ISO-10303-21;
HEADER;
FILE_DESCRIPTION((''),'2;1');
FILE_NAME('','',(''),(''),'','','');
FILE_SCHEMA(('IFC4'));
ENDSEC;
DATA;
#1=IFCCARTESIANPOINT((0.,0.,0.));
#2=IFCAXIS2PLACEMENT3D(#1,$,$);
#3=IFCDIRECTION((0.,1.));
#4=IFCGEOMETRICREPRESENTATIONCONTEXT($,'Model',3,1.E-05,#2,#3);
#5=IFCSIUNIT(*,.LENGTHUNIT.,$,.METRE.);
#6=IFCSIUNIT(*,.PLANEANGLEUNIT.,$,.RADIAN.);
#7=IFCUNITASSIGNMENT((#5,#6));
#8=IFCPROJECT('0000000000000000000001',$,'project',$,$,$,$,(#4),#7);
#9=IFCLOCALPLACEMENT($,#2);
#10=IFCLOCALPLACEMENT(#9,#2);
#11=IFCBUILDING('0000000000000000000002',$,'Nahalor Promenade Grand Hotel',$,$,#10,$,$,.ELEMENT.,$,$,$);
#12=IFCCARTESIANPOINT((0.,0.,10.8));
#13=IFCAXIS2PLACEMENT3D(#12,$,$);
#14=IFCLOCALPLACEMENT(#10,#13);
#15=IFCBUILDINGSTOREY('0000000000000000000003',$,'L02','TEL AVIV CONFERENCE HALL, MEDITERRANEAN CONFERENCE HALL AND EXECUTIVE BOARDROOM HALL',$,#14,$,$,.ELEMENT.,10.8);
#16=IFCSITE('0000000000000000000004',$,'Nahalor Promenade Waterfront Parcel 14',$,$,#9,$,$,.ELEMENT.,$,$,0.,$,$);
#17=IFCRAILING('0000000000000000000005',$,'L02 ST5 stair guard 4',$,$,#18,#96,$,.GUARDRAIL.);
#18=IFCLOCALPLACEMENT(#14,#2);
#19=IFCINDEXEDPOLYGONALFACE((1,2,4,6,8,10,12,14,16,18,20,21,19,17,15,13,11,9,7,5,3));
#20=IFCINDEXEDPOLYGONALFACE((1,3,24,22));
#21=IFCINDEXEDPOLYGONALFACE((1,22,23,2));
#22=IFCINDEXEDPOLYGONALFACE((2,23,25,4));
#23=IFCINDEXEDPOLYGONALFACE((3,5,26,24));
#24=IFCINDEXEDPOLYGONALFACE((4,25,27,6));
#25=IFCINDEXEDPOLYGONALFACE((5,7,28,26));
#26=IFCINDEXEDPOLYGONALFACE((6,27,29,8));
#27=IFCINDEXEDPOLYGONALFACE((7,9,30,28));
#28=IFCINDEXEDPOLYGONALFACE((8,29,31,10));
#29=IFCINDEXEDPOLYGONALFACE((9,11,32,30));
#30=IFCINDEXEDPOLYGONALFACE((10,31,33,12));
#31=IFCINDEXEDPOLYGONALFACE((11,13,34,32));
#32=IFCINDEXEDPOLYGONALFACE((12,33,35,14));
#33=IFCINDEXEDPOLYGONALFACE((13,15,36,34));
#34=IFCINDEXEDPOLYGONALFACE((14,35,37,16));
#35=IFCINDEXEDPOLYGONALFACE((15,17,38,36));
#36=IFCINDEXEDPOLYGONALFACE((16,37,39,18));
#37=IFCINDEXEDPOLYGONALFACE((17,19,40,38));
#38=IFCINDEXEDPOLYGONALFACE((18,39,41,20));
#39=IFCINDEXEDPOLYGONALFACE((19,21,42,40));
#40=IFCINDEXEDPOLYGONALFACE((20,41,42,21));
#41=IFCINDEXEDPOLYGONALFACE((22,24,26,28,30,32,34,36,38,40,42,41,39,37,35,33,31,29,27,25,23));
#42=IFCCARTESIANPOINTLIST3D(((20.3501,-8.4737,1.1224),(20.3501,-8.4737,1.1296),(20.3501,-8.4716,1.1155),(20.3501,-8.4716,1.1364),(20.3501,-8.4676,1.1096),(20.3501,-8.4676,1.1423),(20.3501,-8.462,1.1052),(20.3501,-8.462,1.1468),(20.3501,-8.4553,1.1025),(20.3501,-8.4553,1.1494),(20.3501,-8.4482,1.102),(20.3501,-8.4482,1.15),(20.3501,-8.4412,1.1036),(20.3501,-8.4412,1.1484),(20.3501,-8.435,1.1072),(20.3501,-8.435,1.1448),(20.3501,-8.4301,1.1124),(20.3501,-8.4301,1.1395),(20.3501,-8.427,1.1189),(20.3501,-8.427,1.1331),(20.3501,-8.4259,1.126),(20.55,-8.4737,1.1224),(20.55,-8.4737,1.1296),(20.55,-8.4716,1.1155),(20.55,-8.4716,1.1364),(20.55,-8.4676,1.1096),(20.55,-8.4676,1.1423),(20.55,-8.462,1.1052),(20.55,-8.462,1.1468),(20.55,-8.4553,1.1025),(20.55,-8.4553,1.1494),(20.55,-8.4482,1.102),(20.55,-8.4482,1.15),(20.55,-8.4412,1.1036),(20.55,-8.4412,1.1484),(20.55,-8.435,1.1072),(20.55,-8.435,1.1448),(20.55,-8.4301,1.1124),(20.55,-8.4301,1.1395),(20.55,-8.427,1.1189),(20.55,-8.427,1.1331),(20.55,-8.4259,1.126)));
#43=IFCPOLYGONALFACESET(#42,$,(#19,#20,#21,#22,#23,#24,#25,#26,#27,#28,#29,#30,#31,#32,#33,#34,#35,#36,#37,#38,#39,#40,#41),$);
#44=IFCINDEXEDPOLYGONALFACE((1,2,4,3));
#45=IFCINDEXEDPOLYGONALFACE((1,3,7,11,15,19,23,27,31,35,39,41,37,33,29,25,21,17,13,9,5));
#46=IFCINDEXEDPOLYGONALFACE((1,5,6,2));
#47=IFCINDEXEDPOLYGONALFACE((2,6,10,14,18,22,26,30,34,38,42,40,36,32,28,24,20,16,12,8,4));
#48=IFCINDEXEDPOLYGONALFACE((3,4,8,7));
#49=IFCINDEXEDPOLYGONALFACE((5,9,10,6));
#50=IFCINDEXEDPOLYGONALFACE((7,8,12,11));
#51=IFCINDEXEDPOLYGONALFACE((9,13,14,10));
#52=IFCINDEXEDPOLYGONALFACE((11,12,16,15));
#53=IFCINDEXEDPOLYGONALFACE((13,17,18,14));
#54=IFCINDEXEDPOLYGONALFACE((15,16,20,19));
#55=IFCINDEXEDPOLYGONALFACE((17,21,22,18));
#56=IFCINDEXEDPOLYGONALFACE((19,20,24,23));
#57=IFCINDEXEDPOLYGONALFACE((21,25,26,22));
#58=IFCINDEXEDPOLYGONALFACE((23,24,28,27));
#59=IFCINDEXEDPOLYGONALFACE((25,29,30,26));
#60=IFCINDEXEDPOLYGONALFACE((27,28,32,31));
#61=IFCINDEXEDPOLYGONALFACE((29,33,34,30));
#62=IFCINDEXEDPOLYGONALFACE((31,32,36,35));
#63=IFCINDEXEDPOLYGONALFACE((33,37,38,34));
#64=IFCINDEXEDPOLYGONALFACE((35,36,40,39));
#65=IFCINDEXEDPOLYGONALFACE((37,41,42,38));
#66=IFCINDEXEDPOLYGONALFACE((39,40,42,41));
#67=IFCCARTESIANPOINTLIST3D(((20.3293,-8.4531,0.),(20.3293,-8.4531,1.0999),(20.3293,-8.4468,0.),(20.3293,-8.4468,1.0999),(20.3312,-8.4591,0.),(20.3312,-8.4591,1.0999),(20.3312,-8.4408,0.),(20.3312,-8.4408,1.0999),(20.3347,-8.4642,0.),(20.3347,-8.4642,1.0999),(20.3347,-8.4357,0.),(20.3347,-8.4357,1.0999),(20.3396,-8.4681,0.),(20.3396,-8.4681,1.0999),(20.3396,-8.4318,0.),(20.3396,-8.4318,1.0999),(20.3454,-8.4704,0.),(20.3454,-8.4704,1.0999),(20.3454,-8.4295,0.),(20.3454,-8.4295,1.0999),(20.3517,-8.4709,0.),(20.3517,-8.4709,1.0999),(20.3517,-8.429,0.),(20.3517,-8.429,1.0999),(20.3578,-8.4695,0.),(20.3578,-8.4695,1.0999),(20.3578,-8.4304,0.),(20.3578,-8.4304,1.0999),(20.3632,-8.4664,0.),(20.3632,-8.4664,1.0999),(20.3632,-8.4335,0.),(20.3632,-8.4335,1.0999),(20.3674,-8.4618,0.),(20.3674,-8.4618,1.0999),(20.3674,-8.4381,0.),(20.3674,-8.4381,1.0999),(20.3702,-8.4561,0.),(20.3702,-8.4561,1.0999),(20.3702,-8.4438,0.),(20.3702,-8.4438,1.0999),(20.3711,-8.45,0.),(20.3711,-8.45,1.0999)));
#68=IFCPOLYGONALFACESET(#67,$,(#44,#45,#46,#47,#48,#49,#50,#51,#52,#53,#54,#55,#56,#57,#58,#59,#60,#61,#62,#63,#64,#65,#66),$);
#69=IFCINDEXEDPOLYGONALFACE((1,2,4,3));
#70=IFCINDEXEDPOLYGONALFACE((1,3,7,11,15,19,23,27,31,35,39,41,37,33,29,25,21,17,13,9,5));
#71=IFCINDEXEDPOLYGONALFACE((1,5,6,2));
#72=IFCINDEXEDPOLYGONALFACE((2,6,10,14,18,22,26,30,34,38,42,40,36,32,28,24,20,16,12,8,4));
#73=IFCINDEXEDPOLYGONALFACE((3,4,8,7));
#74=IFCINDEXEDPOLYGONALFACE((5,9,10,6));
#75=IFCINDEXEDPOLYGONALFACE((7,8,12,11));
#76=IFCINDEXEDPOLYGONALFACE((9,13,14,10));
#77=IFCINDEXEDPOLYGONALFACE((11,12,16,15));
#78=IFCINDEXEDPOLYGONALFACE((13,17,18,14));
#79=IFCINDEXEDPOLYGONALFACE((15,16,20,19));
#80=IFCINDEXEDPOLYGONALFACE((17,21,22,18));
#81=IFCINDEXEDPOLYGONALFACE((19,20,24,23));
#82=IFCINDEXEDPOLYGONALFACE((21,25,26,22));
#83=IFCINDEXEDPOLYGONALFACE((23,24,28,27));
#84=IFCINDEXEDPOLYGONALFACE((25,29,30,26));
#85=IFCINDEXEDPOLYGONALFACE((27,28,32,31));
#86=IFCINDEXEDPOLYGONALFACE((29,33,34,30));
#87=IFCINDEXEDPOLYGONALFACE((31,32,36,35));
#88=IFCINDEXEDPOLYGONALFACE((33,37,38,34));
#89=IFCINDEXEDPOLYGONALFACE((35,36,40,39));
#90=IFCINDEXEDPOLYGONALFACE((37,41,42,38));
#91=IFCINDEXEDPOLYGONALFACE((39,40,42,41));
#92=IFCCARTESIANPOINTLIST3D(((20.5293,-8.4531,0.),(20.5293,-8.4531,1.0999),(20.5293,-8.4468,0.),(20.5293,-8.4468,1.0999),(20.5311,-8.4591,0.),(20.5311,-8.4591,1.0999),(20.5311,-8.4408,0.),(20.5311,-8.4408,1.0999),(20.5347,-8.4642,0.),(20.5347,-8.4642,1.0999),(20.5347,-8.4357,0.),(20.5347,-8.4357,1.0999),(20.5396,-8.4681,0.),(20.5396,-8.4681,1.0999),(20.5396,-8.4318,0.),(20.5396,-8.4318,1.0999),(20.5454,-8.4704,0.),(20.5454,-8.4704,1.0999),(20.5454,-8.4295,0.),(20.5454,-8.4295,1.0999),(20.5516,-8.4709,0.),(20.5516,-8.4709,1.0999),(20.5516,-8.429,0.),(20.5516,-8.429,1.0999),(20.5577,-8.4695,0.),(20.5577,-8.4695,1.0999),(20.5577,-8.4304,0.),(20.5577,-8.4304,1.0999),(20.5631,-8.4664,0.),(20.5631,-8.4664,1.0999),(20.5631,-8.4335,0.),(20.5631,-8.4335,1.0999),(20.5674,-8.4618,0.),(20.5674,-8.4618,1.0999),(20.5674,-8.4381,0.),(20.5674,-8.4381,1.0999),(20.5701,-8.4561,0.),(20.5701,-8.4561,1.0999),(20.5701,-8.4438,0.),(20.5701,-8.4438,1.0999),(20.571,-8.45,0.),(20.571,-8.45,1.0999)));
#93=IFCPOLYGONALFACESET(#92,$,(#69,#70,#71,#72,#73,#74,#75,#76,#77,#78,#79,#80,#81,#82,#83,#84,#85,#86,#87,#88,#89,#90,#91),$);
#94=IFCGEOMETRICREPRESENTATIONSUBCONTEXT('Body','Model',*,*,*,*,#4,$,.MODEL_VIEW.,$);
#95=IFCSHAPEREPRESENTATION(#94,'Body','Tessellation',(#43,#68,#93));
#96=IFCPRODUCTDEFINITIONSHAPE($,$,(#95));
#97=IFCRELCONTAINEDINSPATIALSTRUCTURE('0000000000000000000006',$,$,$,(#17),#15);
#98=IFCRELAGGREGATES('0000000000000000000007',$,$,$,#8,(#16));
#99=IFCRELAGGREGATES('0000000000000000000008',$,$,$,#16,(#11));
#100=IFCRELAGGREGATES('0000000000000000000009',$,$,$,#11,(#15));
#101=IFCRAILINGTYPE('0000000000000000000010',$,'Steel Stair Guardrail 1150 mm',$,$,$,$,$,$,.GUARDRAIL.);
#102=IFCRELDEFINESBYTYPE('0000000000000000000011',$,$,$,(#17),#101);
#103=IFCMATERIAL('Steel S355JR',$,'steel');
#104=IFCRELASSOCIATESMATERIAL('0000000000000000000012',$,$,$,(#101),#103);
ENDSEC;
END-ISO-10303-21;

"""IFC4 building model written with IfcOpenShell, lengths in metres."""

from ifc_helpers import new_model, si_unit, direction, frame, origin, origin_2d, place, context, subcontext, project, spatial, circle, extrude, material, type_object, element, save


model = new_model("IFC4")

# Units and contexts
model_context = context("Model", 3, precision=1e-05, world=origin(), true_north=direction((0.0, 1.0)))
body_context = subcontext(model_context, "Body", "Model", "MODEL_VIEW")
ifc_project = project(units=[si_unit("LENGTHUNIT", "METRE"), si_unit("PLANEANGLEUNIT", "RADIAN")], contexts=[model_context])

# Site, building, storey
site_placement = place(None, origin())
site = spatial("IfcSite", under=ifc_project, at=site_placement, Name="Nahalor Promenade Waterfront Parcel 14", CompositionType="ELEMENT", RefElevation=0.0)
building_placement = place(site_placement, origin())
building = spatial("IfcBuilding", under=site, at=building_placement, Name="Nahalor Promenade Grand Hotel", CompositionType="ELEMENT")
storey_placement = place(building_placement, frame((0.0, 0.0, 10.8)))
storey = spatial("IfcBuildingStorey", under=building, at=storey_placement, Name="L02", Description="TEL AVIV CONFERENCE HALL, MEDITERRANEAN CONFERENCE HALL AND EXECUTIVE BOARDROOM HALL", CompositionType="ELEMENT", Elevation=10.8)

# Shared definitions
ifc_material_1 = material(Name="Steel S355JR", Category="steel")

# Railing
railing_type_1 = type_object("IfcRailingType", Name="Steel Stair Guardrail 1150 mm", PredefinedType="GUARDRAIL", material=ifc_material_1)
railing_1_placement = place(storey_placement, frame((20.3501, -8.45, 0.0)))
element("IfcRailing", 1, at=railing_1_placement, inside=storey, type_object=railing_type_1, Name="L02 ST5 stair guard 4", PredefinedType="GUARDRAIL", context=body_context, shape_type="SweptSolid", body=[
    extrude(circle(Radius=0.024, at=origin_2d()), frame((0.0, 0.0, 1.126), z_axis=(1.0, 0.0, 0.0), x_axis=(0.0, 1.0, 0.0)), (0.0, 0.0, 1.0), 0.2),
    extrude(circle(Radius=0.021, at=origin_2d()), origin(), (0.0, 0.0, 1.0), 1.0999),
    extrude(circle(Radius=0.021, at=origin_2d()), frame((0.2, 0.0, 0.0)), (0.0, 0.0, 1.0), 1.0999),
])

save(model, "model.ifc")
